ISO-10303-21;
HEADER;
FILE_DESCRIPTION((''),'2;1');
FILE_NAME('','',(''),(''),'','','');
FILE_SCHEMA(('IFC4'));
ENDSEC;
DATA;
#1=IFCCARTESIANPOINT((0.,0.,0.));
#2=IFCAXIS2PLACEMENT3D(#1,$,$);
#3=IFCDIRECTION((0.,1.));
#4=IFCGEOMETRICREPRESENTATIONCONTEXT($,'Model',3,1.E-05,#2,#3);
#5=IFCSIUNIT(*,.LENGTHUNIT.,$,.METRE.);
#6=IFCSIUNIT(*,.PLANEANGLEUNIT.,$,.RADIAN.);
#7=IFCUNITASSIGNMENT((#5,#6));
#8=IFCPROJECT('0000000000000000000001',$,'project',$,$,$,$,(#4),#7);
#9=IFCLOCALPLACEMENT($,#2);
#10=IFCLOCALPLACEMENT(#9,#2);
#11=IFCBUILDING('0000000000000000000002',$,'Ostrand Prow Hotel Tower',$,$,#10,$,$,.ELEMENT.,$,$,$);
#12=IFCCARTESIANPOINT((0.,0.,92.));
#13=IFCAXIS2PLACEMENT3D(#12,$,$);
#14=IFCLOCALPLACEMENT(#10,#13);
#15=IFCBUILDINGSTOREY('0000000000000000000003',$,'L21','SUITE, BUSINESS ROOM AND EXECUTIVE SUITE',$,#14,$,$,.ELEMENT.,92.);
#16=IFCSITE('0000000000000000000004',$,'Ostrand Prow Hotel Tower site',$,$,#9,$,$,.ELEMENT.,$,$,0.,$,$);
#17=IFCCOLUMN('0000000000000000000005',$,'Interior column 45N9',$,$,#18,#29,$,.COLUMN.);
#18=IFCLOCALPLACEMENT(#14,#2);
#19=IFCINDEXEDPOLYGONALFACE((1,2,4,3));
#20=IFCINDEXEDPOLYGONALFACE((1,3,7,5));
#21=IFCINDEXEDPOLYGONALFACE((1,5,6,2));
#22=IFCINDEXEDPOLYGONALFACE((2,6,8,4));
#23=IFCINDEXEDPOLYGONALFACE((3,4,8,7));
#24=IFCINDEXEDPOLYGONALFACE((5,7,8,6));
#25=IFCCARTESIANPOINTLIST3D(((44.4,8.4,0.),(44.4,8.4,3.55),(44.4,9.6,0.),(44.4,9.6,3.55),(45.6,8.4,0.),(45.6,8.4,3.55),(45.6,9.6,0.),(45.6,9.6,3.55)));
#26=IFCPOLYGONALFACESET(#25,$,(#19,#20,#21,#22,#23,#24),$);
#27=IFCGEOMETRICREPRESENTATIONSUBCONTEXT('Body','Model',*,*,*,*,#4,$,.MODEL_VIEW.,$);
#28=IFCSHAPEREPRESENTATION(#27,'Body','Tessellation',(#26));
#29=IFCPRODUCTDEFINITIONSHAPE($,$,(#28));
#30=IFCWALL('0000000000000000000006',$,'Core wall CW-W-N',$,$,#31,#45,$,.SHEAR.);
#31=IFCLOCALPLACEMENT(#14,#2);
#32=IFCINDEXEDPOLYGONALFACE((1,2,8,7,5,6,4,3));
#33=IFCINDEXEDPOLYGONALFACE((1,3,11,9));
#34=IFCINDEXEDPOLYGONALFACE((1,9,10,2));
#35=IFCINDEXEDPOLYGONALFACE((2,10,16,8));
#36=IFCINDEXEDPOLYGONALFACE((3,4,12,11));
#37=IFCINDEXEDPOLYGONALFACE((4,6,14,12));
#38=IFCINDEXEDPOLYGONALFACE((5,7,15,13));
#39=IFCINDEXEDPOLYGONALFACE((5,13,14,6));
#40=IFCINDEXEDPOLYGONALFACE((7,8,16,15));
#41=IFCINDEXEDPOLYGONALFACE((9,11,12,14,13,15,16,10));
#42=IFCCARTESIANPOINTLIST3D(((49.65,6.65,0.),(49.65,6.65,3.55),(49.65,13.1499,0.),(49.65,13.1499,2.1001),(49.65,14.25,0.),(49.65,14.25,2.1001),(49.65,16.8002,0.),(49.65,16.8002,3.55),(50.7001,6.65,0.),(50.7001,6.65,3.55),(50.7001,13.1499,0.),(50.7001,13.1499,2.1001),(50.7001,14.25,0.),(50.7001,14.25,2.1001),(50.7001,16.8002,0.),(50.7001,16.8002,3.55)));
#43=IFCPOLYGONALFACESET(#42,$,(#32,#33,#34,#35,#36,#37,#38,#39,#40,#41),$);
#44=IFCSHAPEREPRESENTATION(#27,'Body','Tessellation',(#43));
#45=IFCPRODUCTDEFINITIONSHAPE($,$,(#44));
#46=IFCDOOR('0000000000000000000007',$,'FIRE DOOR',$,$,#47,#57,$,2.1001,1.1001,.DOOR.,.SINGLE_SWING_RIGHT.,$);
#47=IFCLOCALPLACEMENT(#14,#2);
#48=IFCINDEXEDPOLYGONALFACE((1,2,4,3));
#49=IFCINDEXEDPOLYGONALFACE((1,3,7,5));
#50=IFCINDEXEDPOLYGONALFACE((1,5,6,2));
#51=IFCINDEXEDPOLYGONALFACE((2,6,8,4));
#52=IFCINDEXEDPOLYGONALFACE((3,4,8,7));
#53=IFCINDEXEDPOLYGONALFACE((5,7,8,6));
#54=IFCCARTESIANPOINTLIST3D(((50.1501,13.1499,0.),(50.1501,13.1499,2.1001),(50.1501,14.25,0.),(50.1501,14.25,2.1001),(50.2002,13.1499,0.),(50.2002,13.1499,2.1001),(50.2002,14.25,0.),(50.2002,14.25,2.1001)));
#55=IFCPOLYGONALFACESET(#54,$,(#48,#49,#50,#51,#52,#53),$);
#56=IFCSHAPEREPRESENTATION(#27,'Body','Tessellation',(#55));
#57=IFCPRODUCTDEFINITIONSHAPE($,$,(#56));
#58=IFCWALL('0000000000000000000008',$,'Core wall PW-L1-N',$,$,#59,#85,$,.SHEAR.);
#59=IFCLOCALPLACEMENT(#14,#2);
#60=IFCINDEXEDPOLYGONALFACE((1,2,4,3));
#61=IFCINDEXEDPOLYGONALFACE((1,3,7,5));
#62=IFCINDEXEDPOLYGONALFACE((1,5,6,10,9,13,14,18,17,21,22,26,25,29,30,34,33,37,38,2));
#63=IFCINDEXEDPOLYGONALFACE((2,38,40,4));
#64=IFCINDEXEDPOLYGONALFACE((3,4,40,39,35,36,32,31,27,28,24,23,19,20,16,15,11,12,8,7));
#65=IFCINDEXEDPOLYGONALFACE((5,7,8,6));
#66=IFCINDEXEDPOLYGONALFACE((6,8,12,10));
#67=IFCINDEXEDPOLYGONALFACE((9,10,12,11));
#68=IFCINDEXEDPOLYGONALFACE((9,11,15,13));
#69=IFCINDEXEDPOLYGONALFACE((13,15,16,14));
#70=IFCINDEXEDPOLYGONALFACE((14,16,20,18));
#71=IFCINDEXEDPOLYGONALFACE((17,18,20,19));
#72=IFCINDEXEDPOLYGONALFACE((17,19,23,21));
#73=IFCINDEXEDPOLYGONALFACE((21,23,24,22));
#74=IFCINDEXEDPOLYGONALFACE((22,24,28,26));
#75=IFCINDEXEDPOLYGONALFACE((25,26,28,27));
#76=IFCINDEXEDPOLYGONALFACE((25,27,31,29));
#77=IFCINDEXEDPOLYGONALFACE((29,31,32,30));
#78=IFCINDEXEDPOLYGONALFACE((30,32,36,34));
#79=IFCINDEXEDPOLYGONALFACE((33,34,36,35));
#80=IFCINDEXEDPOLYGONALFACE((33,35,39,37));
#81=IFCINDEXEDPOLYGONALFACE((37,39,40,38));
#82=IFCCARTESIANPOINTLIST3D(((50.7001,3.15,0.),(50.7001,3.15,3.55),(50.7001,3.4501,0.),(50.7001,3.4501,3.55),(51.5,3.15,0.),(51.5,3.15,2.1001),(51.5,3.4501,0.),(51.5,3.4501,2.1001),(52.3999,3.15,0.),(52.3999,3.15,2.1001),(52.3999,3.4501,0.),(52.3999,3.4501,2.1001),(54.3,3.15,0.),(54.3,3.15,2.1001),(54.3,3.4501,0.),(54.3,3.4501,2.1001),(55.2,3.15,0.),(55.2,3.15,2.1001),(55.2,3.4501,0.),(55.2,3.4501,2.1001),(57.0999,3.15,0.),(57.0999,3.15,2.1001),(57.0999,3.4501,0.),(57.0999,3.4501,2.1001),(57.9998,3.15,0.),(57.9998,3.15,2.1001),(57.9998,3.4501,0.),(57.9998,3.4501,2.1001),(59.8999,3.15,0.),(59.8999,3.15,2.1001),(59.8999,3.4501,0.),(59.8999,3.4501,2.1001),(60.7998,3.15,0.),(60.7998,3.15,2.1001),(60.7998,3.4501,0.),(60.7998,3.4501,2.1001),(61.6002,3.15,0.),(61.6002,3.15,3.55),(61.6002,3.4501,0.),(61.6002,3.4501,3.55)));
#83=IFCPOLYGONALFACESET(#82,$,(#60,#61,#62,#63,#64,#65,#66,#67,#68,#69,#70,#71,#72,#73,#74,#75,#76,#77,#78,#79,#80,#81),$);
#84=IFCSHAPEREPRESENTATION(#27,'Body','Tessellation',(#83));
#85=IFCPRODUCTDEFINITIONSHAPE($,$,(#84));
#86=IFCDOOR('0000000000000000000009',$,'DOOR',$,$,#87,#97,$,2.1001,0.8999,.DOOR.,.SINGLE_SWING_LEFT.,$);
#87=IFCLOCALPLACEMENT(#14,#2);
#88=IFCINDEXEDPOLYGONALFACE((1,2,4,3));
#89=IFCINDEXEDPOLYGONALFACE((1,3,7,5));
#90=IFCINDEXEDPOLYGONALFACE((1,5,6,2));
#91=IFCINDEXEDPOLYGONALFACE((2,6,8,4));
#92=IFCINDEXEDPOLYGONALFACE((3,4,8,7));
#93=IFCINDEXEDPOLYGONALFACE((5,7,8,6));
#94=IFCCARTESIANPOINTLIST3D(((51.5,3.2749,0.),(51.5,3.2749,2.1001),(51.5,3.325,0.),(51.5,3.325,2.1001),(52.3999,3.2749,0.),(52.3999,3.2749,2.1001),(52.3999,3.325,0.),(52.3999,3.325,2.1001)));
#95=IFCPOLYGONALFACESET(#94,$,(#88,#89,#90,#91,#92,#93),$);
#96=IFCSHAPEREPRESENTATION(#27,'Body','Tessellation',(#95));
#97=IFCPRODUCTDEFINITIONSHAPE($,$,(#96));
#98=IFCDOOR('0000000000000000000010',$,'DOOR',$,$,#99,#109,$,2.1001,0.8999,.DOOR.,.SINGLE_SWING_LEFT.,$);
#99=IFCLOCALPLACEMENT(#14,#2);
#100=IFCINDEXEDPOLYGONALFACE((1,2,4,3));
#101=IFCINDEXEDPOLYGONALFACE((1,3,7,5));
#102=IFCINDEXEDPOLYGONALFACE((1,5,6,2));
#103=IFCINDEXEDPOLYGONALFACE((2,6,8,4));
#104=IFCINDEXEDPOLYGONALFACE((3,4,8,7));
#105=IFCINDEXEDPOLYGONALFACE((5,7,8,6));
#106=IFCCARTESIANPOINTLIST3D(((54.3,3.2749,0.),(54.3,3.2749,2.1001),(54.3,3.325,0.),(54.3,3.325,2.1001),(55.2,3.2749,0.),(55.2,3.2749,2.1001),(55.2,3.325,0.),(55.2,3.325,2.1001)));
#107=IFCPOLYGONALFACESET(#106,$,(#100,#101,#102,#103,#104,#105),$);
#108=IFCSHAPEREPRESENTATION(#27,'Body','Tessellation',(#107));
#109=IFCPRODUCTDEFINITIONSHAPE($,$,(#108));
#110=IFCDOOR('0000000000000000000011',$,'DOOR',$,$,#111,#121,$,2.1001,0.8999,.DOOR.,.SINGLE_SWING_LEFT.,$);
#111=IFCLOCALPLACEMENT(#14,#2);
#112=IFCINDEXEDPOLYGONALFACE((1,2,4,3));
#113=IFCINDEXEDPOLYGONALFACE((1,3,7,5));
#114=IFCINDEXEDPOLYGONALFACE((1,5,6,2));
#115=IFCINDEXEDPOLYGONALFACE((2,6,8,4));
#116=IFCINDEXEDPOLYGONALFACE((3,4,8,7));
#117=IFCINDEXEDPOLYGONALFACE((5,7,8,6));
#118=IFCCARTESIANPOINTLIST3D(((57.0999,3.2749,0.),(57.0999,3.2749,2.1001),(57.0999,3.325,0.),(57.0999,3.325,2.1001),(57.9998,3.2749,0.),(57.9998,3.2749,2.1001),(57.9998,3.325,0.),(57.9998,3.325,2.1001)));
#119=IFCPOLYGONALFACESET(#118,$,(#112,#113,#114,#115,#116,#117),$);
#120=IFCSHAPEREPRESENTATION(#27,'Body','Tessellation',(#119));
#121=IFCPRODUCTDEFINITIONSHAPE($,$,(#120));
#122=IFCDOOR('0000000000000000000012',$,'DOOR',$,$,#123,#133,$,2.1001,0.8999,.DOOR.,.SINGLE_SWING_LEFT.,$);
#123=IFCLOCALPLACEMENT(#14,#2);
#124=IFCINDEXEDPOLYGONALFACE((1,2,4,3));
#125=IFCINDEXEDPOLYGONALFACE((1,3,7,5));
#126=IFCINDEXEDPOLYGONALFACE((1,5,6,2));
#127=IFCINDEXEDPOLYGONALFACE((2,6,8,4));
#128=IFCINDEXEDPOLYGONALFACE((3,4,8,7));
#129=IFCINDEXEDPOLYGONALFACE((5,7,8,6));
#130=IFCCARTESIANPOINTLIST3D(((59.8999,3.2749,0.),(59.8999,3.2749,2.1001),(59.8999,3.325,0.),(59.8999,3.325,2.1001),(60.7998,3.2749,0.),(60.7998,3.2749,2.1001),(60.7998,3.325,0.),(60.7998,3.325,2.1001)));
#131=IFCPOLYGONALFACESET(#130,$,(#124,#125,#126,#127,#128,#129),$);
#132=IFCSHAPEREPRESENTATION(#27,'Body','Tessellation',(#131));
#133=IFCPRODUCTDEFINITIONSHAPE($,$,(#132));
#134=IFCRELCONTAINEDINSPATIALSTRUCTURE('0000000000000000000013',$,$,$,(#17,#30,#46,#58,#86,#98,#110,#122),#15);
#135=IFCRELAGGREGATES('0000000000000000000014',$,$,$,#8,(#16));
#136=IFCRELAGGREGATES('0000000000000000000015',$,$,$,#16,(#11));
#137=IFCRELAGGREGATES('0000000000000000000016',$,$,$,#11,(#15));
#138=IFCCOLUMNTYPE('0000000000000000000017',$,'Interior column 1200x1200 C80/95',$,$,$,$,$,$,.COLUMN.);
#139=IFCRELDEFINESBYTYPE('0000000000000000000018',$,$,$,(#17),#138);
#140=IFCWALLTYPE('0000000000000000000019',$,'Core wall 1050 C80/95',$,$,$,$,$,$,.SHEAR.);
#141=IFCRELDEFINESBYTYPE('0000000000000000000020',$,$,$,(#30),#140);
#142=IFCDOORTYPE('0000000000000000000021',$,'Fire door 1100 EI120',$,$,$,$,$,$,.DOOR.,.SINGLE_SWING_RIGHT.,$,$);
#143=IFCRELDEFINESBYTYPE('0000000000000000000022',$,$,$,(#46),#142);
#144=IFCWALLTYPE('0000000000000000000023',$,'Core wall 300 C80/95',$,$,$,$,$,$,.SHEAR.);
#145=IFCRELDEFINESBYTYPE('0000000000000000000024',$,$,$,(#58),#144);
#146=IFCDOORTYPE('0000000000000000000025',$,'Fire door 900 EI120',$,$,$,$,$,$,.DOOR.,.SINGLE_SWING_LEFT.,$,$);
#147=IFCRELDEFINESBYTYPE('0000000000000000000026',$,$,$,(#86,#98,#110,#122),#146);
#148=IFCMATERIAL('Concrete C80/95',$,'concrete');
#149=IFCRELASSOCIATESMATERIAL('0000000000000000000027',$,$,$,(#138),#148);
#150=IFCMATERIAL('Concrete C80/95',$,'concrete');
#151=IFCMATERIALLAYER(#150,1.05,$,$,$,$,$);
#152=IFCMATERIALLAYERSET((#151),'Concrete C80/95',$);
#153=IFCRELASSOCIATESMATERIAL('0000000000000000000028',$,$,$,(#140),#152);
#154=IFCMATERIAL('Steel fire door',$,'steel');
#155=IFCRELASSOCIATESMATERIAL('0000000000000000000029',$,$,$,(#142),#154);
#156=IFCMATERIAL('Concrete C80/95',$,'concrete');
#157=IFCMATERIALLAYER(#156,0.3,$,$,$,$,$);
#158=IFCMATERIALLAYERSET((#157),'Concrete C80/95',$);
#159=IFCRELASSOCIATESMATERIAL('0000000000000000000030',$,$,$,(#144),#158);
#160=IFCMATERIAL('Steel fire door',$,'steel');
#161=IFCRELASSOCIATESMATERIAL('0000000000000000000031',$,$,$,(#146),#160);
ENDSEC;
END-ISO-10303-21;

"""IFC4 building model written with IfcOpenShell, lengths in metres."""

from ifc_helpers import new_model, si_unit, direction, frame, frame_2d, origin, origin_2d, place, context, subcontext, project, spatial, rectangle, extrude, material, layer, layer_set, material_profile, profile_set, type_object, element, fill, save


model = new_model("IFC4")

# Units and contexts
model_context = context("Model", 3, precision=1e-05, world=origin(), true_north=direction((0.0, 1.0)))
body_context = subcontext(model_context, "Body", "Model", "MODEL_VIEW")
ifc_project = project(units=[si_unit("LENGTHUNIT", "METRE"), si_unit("PLANEANGLEUNIT", "RADIAN")], contexts=[model_context])

# Site, building, storey
site_placement = place(None, origin())
site = spatial("IfcSite", under=ifc_project, at=site_placement, Name="Ostrand Prow Hotel Tower site", CompositionType="ELEMENT", RefElevation=0.0)
building_placement = place(site_placement, origin())
building = spatial("IfcBuilding", under=site, at=building_placement, Name="Ostrand Prow Hotel Tower", CompositionType="ELEMENT")
storey_placement = place(building_placement, frame((0.0, 0.0, 92.0)))
storey = spatial("IfcBuildingStorey", under=building, at=storey_placement, Name="L21", Description="SUITE, BUSINESS ROOM AND EXECUTIVE SUITE", CompositionType="ELEMENT", Elevation=92.0)

# Column
ifc_material_1 = material(Name="Concrete C80/95", Category="concrete")
ifc_material_profile = material_profile(ifc_material_1, rectangle(XDim=1.2, YDim=1.2, at=origin_2d()), Name="RC 1200x1200")
ifc_profile_set = profile_set([ifc_material_profile], Name="Concrete C80/95")
column_type = type_object("IfcColumnType", Name="Interior column 1200x1200 C80/95", PredefinedType="COLUMN", material=ifc_profile_set)
column_placement = place(storey_placement, frame((45.0, 9.0, 0.0), z_axis=(0.0, 0.0, 1.0), x_axis=(1.0, 0.0, 0.0)))
element("IfcColumn", 1, at=column_placement, inside=storey, type_object=column_type, Name="Interior column 45N9", PredefinedType="COLUMN", context=body_context, shape_type="SweptSolid", body=[
    extrude(rectangle(XDim=1.2, YDim=1.2, at=origin_2d()), origin(), (0.0, 0.0, 1.0), 3.55),
])

# Wall, opening, door
ifc_material_2 = material(Name="Concrete C80/95", Category="concrete")
ifc_layer_1 = layer(ifc_material_2, 1.05)
ifc_layer_set_1 = layer_set([ifc_layer_1], Name="Concrete C80/95")
wall_type_1 = type_object("IfcWallType", Name="Core wall 1050 C80/95", PredefinedType="SHEAR", material=ifc_layer_set_1)
wall_1_placement = place(storey_placement, frame((50.175, 6.6499, 0.0), z_axis=(0.0, 0.0, 1.0), x_axis=(0.0, 1.0, 0.0)))
wall_1 = element("IfcWall", 2, at=wall_1_placement, inside=storey, type_object=wall_type_1, Name="Core wall CW-W-N", PredefinedType="SHEAR", context=body_context, shape_type="SweptSolid", body=[
    extrude(rectangle(XDim=10.1501, YDim=1.05, at=frame_2d((5.0752, 0.0))), origin(), (0.0, 0.0, 1.0), 3.55),
])
opening_1_placement = place(wall_1_placement, frame((6.5, 0.0, 0.0)))
opening_1 = element("IfcOpeningElement", 3, at=opening_1_placement, cuts=wall_1, PredefinedType="OPENING", context=body_context, shape_type="SweptSolid", body=[
    extrude(rectangle(XDim=1.1001, YDim=2.1001, at=frame_2d((0.55, 1.05))), frame((0.0, 0.5349, 0.0), z_axis=(0.0, -1.0, 0.0), x_axis=(1.0, 0.0, 0.0)), (0.0, 0.0, 1.0), 1.0701),
])
ifc_material_3 = material(Name="Steel fire door", Category="steel")
door_type_1 = type_object("IfcDoorType", Name="Fire door 1100 EI120", OperationType="SINGLE_SWING_RIGHT", PredefinedType="DOOR", material=ifc_material_3)
door_1_placement = place(opening_1_placement, origin())
door_1 = element("IfcDoor", 4, at=door_1_placement, inside=storey, type_object=door_type_1, Name="FIRE DOOR", OperationType="SINGLE_SWING_RIGHT", OverallHeight=2.1001, OverallWidth=1.1001, PredefinedType="DOOR", context=body_context, shape_type="SweptSolid", body=[
    extrude(rectangle(XDim=1.1001, YDim=2.1001, at=frame_2d((0.55, 1.05))), frame((0.0, 0.0249, 0.0), z_axis=(0.0, -1.0, 0.0), x_axis=(1.0, 0.0, 0.0)), (0.0, 0.0, 1.0), 0.05),
])
fill(opening_1, door_1)

# Wall, openings, doors
ifc_material_4 = material(Name="Concrete C80/95", Category="concrete")
ifc_layer_2 = layer(ifc_material_4, 0.3)
ifc_layer_set_2 = layer_set([ifc_layer_2], Name="Concrete C80/95")
wall_type_2 = type_object("IfcWallType", Name="Core wall 300 C80/95", PredefinedType="SHEAR", material=ifc_layer_set_2)
wall_2_placement = place(storey_placement, frame((50.7, 3.3, 0.0), z_axis=(0.0, 0.0, 1.0), x_axis=(1.0, 0.0, 0.0)))
wall_2 = element("IfcWall", 5, at=wall_2_placement, inside=storey, type_object=wall_type_2, Name="Core wall PW-L1-N", PredefinedType="SHEAR", context=body_context, shape_type="SweptSolid", body=[
    extrude(rectangle(XDim=10.9001, YDim=0.3, at=frame_2d((5.4502, 0.0))), origin(), (0.0, 0.0, 1.0), 3.55),
])
opening_2_placement = place(wall_2_placement, frame((0.8, 0.0, 0.0)))
opening_2 = element("IfcOpeningElement", 6, at=opening_2_placement, cuts=wall_2, PredefinedType="OPENING", context=body_context, shape_type="SweptSolid", body=[
    extrude(rectangle(XDim=0.8999, YDim=2.1001, at=frame_2d((0.45, 1.05))), frame((0.0, 0.1599, 0.0), z_axis=(0.0, -1.0, 0.0), x_axis=(1.0, 0.0, 0.0)), (0.0, 0.0, 1.0), 0.3201),
])
opening_3_placement = place(wall_2_placement, frame((3.6001, 0.0, 0.0)))
opening_3 = element("IfcOpeningElement", 7, at=opening_3_placement, cuts=wall_2, PredefinedType="OPENING", context=body_context, shape_type="SweptSolid", body=[
    extrude(rectangle(XDim=0.8999, YDim=2.1001, at=frame_2d((0.45, 1.05))), frame((0.0, 0.1599, 0.0), z_axis=(0.0, -1.0, 0.0), x_axis=(1.0, 0.0, 0.0)), (0.0, 0.0, 1.0), 0.3201),
])
opening_4_placement = place(wall_2_placement, frame((6.3999, 0.0, 0.0)))
opening_4 = element("IfcOpeningElement", 8, at=opening_4_placement, cuts=wall_2, PredefinedType="OPENING", context=body_context, shape_type="SweptSolid", body=[
    extrude(rectangle(XDim=0.8999, YDim=2.1001, at=frame_2d((0.45, 1.05))), frame((0.0, 0.1599, 0.0), z_axis=(0.0, -1.0, 0.0), x_axis=(1.0, 0.0, 0.0)), (0.0, 0.0, 1.0), 0.3201),
])
opening_5_placement = place(wall_2_placement, frame((9.2, 0.0, 0.0)))
opening_5 = element("IfcOpeningElement", 9, at=opening_5_placement, cuts=wall_2, PredefinedType="OPENING", context=body_context, shape_type="SweptSolid", body=[
    extrude(rectangle(XDim=0.8999, YDim=2.1001, at=frame_2d((0.45, 1.05))), frame((0.0, 0.1599, 0.0), z_axis=(0.0, -1.0, 0.0), x_axis=(1.0, 0.0, 0.0)), (0.0, 0.0, 1.0), 0.3201),
])
ifc_material_5 = material(Name="Steel fire door", Category="steel")
door_type_2 = type_object("IfcDoorType", Name="Fire door 900 EI120", OperationType="SINGLE_SWING_LEFT", PredefinedType="DOOR", material=ifc_material_5)
door_2_placement = place(opening_2_placement, origin())
door_2 = element("IfcDoor", 10, at=door_2_placement, inside=storey, type_object=door_type_2, Name="DOOR", OperationType="SINGLE_SWING_LEFT", OverallHeight=2.1001, OverallWidth=0.8999, PredefinedType="DOOR", context=body_context, shape_type="SweptSolid", body=[
    extrude(rectangle(XDim=0.8999, YDim=2.1001, at=frame_2d((0.45, 1.05))), frame((0.0, 0.0249, 0.0), z_axis=(0.0, -1.0, 0.0), x_axis=(1.0, 0.0, 0.0)), (0.0, 0.0, 1.0), 0.05),
])
fill(opening_2, door_2)
door_3_placement = place(opening_3_placement, origin())
door_3 = element("IfcDoor", 11, at=door_3_placement, inside=storey, type_object=door_type_2, Name="DOOR", OperationType="SINGLE_SWING_LEFT", OverallHeight=2.1001, OverallWidth=0.8999, PredefinedType="DOOR", context=body_context, shape_type="SweptSolid", body=[
    extrude(rectangle(XDim=0.8999, YDim=2.1001, at=frame_2d((0.45, 1.05))), frame((0.0, 0.0249, 0.0), z_axis=(0.0, -1.0, 0.0), x_axis=(1.0, 0.0, 0.0)), (0.0, 0.0, 1.0), 0.05),
])
fill(opening_3, door_3)
door_4_placement = place(opening_4_placement, origin())
door_4 = element("IfcDoor", 12, at=door_4_placement, inside=storey, type_object=door_type_2, Name="DOOR", OperationType="SINGLE_SWING_LEFT", OverallHeight=2.1001, OverallWidth=0.8999, PredefinedType="DOOR", context=body_context, shape_type="SweptSolid", body=[
    extrude(rectangle(XDim=0.8999, YDim=2.1001, at=frame_2d((0.45, 1.05))), frame((0.0, 0.0249, 0.0), z_axis=(0.0, -1.0, 0.0), x_axis=(1.0, 0.0, 0.0)), (0.0, 0.0, 1.0), 0.05),
])
fill(opening_4, door_4)
door_5_placement = place(opening_5_placement, origin())
door_5 = element("IfcDoor", 13, at=door_5_placement, inside=storey, type_object=door_type_2, Name="DOOR", OperationType="SINGLE_SWING_LEFT", OverallHeight=2.1001, OverallWidth=0.8999, PredefinedType="DOOR", context=body_context, shape_type="SweptSolid", body=[
    extrude(rectangle(XDim=0.8999, YDim=2.1001, at=frame_2d((0.45, 1.05))), frame((0.0, 0.0249, 0.0), z_axis=(0.0, -1.0, 0.0), x_axis=(1.0, 0.0, 0.0)), (0.0, 0.0, 1.0), 0.05),
])
fill(opening_5, door_5)

save(model, "model.ifc")
